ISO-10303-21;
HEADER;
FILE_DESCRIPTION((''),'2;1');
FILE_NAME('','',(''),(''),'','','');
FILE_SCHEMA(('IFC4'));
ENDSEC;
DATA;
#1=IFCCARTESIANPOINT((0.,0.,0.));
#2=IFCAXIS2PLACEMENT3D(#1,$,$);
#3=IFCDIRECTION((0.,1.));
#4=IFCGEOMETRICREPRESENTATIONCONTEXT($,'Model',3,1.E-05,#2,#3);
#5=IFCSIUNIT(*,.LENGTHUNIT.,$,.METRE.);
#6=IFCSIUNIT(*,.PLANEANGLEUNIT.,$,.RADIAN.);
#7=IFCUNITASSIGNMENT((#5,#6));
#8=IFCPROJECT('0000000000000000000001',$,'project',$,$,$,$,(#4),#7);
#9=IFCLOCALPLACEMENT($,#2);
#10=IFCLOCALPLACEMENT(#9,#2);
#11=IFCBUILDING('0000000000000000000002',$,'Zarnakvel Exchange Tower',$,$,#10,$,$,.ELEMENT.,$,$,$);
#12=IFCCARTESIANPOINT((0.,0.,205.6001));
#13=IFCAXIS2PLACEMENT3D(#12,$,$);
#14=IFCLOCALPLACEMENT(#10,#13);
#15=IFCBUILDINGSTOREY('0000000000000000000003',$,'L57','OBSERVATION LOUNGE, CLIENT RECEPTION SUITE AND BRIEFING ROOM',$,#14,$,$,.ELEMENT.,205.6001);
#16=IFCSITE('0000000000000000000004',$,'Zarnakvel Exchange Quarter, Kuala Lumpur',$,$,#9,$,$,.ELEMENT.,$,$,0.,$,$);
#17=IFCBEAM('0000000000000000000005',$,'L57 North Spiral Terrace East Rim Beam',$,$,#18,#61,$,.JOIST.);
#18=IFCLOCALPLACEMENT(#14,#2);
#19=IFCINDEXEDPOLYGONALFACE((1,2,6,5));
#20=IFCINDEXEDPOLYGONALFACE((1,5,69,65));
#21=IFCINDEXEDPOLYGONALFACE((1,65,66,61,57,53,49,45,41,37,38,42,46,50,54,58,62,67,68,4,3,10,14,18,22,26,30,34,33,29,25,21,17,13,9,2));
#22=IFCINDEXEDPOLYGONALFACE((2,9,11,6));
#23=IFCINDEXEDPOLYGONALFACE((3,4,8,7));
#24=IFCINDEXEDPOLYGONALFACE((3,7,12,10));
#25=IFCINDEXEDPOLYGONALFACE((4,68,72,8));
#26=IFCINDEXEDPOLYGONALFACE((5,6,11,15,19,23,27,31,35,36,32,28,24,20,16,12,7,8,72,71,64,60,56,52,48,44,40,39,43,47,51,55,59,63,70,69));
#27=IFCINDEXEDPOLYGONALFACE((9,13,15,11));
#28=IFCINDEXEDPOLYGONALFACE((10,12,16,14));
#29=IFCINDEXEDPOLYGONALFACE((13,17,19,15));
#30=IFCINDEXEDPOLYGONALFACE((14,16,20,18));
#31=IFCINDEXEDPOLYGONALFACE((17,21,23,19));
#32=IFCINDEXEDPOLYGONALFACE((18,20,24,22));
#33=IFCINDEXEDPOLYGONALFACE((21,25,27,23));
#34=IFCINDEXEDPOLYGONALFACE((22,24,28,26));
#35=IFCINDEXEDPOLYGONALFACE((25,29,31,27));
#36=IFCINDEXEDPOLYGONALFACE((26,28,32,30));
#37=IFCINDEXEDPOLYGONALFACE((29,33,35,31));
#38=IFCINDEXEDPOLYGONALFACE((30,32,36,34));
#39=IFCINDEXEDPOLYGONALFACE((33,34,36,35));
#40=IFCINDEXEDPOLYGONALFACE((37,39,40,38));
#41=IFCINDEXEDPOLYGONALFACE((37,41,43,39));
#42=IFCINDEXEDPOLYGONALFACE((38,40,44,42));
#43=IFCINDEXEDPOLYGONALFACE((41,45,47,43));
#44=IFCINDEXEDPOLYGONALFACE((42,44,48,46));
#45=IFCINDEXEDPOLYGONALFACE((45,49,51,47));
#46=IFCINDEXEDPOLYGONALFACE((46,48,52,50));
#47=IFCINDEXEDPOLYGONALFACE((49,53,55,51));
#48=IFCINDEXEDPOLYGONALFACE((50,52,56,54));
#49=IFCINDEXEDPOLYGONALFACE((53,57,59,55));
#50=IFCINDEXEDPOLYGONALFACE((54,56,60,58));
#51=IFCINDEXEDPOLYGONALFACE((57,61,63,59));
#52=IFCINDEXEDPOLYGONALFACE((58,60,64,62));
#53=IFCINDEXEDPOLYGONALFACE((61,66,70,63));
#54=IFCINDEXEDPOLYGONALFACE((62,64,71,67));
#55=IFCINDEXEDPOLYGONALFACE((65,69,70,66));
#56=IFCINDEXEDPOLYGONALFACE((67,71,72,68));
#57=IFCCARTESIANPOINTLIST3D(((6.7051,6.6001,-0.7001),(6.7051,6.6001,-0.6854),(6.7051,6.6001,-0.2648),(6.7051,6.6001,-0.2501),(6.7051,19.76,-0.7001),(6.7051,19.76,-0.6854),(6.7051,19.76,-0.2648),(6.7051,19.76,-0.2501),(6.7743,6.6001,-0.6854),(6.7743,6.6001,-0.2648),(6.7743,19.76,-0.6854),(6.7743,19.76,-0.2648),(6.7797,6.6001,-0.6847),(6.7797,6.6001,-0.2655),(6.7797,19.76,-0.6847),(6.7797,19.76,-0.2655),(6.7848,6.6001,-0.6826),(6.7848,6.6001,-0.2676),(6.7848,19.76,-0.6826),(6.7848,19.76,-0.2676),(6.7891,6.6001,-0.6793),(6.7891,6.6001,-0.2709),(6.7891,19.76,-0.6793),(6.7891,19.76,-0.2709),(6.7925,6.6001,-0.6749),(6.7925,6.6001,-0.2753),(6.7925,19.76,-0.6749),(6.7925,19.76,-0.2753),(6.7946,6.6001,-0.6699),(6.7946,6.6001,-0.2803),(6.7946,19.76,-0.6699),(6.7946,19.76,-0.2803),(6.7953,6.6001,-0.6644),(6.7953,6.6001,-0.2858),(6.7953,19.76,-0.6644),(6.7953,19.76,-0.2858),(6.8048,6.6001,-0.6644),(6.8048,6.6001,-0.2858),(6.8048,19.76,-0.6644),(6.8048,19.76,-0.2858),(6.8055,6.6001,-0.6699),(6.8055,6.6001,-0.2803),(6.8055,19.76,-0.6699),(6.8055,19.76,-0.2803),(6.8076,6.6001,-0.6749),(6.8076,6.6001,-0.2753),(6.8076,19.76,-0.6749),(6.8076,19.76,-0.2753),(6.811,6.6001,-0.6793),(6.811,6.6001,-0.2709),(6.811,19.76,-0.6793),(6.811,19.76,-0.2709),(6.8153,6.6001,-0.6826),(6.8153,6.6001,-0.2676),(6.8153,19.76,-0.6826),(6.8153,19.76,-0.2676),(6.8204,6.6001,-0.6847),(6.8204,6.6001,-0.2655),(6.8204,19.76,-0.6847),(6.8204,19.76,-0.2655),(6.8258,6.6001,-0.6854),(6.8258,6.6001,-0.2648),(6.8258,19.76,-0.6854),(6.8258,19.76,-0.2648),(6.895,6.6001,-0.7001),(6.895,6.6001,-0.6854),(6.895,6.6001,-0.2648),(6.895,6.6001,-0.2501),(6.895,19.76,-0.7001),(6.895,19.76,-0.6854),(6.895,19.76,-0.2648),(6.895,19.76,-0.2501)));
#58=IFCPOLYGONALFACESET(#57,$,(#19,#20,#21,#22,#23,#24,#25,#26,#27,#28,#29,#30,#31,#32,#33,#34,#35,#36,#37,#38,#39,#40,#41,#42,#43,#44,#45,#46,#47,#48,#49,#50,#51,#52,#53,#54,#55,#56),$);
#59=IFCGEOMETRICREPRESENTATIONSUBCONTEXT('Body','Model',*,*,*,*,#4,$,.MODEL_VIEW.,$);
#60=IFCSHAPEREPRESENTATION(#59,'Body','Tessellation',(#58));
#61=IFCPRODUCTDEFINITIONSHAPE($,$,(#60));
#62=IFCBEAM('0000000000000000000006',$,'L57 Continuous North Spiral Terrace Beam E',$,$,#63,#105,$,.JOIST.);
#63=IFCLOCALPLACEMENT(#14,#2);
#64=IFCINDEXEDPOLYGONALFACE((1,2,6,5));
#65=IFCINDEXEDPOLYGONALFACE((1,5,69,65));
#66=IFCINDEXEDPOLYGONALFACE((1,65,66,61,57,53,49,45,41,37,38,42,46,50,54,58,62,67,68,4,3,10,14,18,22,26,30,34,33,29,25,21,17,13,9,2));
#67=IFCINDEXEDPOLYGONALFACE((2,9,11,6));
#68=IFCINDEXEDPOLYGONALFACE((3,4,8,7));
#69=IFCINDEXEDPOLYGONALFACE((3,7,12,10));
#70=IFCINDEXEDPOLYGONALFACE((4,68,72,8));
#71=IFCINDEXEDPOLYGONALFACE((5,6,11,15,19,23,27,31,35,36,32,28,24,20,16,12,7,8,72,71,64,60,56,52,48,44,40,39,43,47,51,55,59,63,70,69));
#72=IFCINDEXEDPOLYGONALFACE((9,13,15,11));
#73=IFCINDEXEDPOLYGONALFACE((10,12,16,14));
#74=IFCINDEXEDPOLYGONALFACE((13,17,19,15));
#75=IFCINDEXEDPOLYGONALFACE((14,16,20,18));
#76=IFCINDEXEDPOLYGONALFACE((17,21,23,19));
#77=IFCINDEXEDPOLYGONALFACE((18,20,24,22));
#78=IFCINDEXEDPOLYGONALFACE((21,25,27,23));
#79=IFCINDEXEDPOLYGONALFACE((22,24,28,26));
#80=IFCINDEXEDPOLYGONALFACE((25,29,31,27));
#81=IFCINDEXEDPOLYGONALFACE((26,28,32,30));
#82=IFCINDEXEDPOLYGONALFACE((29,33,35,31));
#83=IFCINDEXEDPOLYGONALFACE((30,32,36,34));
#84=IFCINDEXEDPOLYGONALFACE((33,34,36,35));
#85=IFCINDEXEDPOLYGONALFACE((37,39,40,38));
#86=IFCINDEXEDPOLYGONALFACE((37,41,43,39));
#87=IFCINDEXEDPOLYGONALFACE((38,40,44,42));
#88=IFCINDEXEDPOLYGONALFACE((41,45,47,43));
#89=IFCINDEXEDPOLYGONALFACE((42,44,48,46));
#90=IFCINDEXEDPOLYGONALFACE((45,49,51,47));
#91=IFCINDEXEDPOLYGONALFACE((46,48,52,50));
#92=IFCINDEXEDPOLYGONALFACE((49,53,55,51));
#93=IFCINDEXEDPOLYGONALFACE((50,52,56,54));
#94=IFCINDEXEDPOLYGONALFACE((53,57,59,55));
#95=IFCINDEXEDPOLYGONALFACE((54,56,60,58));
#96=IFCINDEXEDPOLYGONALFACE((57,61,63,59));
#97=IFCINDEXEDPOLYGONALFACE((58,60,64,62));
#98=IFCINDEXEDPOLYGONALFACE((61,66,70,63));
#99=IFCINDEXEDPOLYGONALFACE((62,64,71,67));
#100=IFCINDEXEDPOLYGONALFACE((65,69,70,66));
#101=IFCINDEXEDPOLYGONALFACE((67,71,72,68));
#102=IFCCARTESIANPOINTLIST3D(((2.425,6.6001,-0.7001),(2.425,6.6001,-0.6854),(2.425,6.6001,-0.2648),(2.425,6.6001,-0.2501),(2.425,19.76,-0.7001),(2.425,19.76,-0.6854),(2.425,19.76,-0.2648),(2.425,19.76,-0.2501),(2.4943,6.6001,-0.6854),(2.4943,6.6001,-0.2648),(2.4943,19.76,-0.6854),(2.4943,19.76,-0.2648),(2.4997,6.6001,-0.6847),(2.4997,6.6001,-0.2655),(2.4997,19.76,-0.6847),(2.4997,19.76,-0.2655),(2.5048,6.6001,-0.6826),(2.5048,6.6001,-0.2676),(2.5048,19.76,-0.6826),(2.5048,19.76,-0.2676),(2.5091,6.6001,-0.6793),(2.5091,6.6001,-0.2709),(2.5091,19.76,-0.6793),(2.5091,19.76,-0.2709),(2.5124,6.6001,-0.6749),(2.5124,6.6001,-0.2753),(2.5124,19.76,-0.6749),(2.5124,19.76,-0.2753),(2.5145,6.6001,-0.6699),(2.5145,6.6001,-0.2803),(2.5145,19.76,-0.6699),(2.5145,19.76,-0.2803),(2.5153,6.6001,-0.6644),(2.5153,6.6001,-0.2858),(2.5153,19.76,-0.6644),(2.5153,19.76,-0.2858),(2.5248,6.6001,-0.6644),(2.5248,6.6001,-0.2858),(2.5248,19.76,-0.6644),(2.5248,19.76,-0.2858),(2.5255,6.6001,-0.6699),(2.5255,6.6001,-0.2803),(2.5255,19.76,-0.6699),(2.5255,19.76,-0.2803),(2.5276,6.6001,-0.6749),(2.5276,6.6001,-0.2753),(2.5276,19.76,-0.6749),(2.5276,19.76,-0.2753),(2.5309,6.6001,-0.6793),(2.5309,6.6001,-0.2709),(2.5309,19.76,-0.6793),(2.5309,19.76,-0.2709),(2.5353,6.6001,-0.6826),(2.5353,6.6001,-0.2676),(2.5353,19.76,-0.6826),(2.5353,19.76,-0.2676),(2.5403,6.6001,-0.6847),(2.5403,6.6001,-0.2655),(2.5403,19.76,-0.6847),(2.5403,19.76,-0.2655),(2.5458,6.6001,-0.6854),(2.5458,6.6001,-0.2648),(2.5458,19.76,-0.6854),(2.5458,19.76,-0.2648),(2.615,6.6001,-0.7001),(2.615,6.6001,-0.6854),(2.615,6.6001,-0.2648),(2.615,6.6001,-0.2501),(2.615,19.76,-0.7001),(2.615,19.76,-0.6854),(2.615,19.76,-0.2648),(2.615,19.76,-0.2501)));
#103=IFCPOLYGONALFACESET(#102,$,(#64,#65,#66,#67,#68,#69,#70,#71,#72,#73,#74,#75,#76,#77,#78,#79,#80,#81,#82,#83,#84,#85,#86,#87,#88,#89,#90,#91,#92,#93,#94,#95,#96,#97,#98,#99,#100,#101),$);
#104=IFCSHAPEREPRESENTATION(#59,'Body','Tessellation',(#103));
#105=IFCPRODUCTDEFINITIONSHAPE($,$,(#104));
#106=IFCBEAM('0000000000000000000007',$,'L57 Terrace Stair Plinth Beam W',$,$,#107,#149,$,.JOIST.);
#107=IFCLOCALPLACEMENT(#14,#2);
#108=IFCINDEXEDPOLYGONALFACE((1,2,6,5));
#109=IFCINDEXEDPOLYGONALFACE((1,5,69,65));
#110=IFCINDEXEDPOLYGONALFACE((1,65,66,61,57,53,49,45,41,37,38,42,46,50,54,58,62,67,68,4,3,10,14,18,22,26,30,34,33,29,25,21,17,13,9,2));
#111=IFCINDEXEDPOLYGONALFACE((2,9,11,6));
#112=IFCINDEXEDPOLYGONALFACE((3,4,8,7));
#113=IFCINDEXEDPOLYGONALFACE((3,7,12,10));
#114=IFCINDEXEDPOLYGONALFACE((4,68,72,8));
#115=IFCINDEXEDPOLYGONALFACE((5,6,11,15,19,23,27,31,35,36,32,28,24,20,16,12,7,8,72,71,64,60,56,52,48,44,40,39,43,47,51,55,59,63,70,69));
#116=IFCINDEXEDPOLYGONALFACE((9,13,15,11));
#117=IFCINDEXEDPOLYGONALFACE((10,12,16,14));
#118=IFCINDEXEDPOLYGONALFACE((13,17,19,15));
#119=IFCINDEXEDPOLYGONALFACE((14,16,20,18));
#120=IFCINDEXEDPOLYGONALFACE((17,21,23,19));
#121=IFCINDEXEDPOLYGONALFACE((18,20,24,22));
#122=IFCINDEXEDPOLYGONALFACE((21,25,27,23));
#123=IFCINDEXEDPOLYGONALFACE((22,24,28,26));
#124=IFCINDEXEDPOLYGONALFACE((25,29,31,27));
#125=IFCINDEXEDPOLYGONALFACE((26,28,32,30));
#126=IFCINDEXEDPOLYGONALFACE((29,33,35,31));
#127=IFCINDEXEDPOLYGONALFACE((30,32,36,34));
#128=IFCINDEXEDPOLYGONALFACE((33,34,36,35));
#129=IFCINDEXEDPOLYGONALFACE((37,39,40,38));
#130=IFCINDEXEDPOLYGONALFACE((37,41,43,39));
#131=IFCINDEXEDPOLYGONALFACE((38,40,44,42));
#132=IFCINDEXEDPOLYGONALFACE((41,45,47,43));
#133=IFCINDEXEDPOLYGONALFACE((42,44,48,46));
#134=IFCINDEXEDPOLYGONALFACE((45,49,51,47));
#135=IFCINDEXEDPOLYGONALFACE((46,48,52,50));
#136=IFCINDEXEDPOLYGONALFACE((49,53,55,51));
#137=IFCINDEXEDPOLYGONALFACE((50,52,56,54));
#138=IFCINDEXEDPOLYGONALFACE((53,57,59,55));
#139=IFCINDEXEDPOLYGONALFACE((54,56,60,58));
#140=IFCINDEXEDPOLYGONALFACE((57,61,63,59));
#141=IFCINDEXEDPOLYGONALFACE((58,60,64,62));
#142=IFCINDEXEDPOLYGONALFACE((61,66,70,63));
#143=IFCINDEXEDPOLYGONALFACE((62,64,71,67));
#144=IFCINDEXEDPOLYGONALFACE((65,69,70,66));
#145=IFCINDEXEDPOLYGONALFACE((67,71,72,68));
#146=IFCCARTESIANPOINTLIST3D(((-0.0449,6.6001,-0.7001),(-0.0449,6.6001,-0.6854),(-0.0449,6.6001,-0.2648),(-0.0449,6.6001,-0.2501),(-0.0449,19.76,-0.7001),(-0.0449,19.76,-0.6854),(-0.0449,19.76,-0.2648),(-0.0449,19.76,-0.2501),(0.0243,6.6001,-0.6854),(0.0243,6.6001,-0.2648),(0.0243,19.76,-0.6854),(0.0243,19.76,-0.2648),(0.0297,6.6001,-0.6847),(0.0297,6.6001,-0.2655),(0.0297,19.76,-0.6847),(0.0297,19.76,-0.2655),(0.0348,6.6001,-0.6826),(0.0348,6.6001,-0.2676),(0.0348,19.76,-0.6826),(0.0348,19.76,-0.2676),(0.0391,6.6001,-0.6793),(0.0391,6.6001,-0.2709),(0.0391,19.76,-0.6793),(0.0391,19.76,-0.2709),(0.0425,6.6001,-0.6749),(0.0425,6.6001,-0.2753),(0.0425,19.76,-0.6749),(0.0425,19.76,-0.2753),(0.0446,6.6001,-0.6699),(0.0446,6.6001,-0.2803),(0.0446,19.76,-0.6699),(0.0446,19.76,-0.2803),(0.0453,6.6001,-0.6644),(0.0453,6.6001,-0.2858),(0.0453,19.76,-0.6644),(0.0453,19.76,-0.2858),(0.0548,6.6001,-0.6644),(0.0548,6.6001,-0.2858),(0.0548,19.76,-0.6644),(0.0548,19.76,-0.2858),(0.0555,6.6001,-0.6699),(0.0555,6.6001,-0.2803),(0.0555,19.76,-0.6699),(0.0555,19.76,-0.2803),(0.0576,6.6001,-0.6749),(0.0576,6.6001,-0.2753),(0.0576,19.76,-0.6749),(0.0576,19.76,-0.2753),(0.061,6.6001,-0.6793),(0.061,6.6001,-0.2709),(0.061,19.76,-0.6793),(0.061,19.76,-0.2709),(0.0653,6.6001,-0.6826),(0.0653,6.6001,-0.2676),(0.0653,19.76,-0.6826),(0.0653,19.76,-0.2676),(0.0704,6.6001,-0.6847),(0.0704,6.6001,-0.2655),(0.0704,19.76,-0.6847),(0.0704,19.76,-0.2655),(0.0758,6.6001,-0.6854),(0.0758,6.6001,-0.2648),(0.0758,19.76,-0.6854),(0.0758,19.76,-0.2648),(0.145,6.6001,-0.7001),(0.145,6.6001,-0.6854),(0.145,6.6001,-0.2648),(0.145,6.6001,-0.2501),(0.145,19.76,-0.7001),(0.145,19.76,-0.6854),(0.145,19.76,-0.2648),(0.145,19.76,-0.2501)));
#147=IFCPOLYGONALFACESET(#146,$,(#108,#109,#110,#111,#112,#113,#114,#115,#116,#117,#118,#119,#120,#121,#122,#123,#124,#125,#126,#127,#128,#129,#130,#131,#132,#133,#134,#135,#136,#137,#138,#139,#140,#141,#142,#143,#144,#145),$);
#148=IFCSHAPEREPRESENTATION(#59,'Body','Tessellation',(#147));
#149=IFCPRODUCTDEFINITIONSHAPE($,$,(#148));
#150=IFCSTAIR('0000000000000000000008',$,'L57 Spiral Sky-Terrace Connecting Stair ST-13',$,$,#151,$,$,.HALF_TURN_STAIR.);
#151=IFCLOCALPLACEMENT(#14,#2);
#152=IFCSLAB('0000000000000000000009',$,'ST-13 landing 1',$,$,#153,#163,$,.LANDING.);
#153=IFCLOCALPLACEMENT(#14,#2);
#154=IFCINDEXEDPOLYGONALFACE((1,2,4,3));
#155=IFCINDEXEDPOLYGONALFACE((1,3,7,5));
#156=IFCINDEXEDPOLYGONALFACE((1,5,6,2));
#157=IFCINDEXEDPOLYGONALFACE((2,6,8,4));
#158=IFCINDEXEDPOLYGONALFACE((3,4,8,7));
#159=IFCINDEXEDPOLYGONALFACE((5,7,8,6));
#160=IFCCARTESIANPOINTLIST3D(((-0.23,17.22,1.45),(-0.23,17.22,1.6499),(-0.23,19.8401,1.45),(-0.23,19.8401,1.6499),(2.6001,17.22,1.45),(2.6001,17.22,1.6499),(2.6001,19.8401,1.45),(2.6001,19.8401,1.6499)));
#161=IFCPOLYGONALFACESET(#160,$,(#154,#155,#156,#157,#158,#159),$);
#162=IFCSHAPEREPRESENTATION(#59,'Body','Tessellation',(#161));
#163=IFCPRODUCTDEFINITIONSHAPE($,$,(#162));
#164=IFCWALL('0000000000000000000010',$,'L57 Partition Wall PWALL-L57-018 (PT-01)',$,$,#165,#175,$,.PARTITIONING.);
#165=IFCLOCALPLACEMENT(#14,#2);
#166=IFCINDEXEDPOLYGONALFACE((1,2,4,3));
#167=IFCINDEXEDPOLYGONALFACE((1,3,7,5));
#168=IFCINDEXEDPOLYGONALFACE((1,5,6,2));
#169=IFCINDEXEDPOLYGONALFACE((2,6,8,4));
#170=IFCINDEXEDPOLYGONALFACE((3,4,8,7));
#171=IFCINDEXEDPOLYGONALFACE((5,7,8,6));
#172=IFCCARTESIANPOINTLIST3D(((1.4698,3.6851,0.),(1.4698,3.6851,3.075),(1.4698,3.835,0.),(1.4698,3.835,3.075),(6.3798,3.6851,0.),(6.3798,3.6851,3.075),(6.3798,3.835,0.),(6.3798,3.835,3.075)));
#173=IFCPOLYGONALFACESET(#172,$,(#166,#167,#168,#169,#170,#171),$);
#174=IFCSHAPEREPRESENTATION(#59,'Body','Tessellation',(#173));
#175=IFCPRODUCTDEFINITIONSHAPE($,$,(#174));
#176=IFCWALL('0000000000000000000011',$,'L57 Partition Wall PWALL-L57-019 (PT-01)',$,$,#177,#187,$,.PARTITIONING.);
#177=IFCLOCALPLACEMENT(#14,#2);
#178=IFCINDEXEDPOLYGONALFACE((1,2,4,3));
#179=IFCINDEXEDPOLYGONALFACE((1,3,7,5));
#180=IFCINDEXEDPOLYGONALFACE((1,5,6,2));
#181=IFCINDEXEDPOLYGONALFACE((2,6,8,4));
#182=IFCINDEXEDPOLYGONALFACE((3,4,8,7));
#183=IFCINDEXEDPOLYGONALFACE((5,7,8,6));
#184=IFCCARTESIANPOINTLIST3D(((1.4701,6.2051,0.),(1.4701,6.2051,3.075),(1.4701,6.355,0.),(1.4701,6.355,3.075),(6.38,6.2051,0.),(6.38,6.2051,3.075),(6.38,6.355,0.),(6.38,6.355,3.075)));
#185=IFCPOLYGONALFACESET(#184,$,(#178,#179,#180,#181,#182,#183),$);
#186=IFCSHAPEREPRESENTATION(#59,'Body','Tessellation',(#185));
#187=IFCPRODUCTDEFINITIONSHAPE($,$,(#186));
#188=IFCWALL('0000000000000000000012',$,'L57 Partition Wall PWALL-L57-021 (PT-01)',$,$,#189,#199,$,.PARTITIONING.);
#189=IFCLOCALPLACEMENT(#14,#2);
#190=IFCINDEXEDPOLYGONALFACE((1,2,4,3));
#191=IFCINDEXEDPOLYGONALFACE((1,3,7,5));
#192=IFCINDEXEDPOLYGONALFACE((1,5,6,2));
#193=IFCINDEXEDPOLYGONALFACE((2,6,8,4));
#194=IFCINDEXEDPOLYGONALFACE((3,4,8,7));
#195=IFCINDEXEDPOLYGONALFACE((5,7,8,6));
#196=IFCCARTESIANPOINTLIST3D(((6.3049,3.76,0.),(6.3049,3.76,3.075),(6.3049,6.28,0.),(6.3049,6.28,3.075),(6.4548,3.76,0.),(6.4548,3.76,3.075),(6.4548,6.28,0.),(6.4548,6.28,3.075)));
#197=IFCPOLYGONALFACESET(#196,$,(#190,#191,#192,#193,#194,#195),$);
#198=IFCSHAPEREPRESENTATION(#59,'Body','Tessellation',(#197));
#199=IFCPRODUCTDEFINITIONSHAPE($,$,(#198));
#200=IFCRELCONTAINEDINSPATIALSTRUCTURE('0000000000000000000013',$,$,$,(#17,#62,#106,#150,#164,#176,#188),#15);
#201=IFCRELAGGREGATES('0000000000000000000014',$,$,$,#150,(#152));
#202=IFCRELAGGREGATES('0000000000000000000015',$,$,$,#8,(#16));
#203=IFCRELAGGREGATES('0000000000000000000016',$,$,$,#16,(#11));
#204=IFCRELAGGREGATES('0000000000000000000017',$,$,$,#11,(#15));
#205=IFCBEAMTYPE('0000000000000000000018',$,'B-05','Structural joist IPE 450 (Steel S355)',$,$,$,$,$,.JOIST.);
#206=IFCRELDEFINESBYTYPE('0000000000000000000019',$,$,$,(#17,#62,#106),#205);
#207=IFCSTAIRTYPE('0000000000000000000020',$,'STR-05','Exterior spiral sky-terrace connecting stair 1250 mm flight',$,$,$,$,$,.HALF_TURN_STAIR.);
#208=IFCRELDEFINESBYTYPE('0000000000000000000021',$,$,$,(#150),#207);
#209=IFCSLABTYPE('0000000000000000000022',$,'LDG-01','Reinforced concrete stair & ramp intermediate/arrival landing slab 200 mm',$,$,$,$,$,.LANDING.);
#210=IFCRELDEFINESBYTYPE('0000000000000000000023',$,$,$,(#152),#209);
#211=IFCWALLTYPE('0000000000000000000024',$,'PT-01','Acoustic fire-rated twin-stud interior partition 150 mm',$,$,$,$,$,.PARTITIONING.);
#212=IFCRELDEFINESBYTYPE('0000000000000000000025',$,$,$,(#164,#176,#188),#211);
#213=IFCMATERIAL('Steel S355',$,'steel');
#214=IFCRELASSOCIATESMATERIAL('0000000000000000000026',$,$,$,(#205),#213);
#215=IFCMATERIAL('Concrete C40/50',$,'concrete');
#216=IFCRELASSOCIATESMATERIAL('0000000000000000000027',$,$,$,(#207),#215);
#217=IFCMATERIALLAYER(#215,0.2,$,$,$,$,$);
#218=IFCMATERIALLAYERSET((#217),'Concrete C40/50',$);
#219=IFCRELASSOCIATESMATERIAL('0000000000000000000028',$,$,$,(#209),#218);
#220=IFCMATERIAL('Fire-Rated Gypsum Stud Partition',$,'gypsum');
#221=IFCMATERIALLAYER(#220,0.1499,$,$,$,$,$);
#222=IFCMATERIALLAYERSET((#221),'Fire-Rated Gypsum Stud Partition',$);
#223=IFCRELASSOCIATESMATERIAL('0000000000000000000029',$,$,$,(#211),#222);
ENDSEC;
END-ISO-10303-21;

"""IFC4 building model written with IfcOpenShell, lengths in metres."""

from ifc_helpers import new_model, si_unit, direction, frame, frame_2d, origin, origin_2d, place, context, subcontext, project, spatial, polyline, rectangle, i_section, outline, extrude, material, layer, layer_set, material_profile, profile_set, type_object, element, aggregate, save


model = new_model("IFC4")

# Units and contexts
model_context = context("Model", 3, precision=1e-05, world=origin(), true_north=direction((0.0, 1.0)))
body_context = subcontext(model_context, "Body", "Model", "MODEL_VIEW")
ifc_project = project(units=[si_unit("LENGTHUNIT", "METRE"), si_unit("PLANEANGLEUNIT", "RADIAN")], contexts=[model_context])

# Site, building, storey
site_placement = place(None, origin())
site = spatial("IfcSite", under=ifc_project, at=site_placement, Name="Zarnakvel Exchange Quarter, Kuala Lumpur", CompositionType="ELEMENT", RefElevation=0.0)
building_placement = place(site_placement, origin())
building = spatial("IfcBuilding", under=site, at=building_placement, Name="Zarnakvel Exchange Tower", CompositionType="ELEMENT")
storey_placement = place(building_placement, frame((0.0, 0.0, 205.6001)))
storey = spatial("IfcBuildingStorey", under=building, at=storey_placement, Name="L57", Description="OBSERVATION LOUNGE, CLIENT RECEPTION SUITE AND BRIEFING ROOM", CompositionType="ELEMENT", Elevation=205.6001)

# Beams
ifc_material_1 = material(Name="Steel S355", Category="steel")
ifc_material_profile = material_profile(ifc_material_1, i_section(OverallWidth=0.1899, OverallDepth=0.45, WebThickness=0.0095, FlangeThickness=0.0146, FilletRadius=0.021, at=origin_2d()))
ifc_profile_set = profile_set([ifc_material_profile], Name="Steel S355")
beam_type = type_object("IfcBeamType", Name="B-05", Description="Structural joist IPE 450 (Steel S355)", PredefinedType="JOIST", material=ifc_profile_set)
for number, where, z_axis, x_axis, name in (
    (1, (6.8, 6.6001, -0.4751), (0.0, 1.0, 0.0), (-1.0, 0.0, 0.0), "L57 North Spiral Terrace East Rim Beam"),
    (2, (2.52, 6.6001, -0.4751), (0.0, 1.0, 0.0), (-1.0, 0.0, 0.0), "L57 Continuous North Spiral Terrace Beam E"),
    (3, (0.05, 6.6001, -0.4751), (0.0, 1.0, 0.0), (-1.0, 0.0, 0.0), "L57 Terrace Stair Plinth Beam W"),
):
    element("IfcBeam", number, at=place(storey_placement, frame(where, z_axis=z_axis, x_axis=x_axis)), inside=storey, type_object=beam_type, Name=name, PredefinedType="JOIST", context=body_context, shape_type="SweptSolid", body=[
        extrude(i_section(OverallWidth=0.1899, OverallDepth=0.45, WebThickness=0.0095, FlangeThickness=0.0146, FilletRadius=0.021, at=origin_2d()), origin(), (0.0, 0.0, 1.0), 13.1599),
    ])

# Stair, slab
ifc_material_2 = material(Name="Concrete C40/50", Category="concrete")
stair_type = type_object("IfcStairType", Name="STR-05", Description="Exterior spiral sky-terrace connecting stair 1250 mm flight", PredefinedType="HALF_TURN_STAIR", material=ifc_material_2)
stair_placement = place(storey_placement, origin())
stair = element("IfcStair", 4, at=stair_placement, inside=storey, type_object=stair_type, Name="L57 Spiral Sky-Terrace Connecting Stair ST-13", PredefinedType="HALF_TURN_STAIR")
ifc_layer_1 = layer(ifc_material_2, 0.2)
ifc_layer_set_1 = layer_set([ifc_layer_1], Name="Concrete C40/50")
slab_type = type_object("IfcSlabType", Name="LDG-01", Description="Reinforced concrete stair & ramp intermediate/arrival landing slab 200 mm", PredefinedType="LANDING", material=ifc_layer_set_1)
slab_placement = place(storey_placement, frame((0.0, 0.0, 1.45)))
slab = element("IfcSlab", 5, at=slab_placement, type_object=slab_type, Name="ST-13 landing 1", PredefinedType="LANDING", context=body_context, shape_type="SweptSolid", body=[
    extrude(outline(polyline([(-0.23, 17.22), (2.6001, 17.22), (2.6001, 19.8401), (-0.23, 19.8401), (-0.23, 17.22)])), origin(), (0.0, 0.0, 1.0), 0.2),
])
aggregate(stair, [slab])

# Walls
ifc_material_3 = material(Name="Fire-Rated Gypsum Stud Partition", Category="gypsum")
ifc_layer_2 = layer(ifc_material_3, 0.1499)
ifc_layer_set_2 = layer_set([ifc_layer_2], Name="Fire-Rated Gypsum Stud Partition")
wall_type_1 = type_object("IfcWallType", Name="PT-01", Description="Acoustic fire-rated twin-stud interior partition 150 mm", PredefinedType="PARTITIONING", material=ifc_layer_set_2)
for number, where, z_axis, x_axis, name in (
    (6, (6.3799, 3.76, 0.0), (0.0, 0.0, 1.0), (-1.0, 0.0, 0.0), "L57 Partition Wall PWALL-L57-018 (PT-01)"),
    (7, (1.47, 6.28, 0.0), (0.0, 0.0, 1.0), (1.0, 0.0, 0.0), "L57 Partition Wall PWALL-L57-019 (PT-01)"),
):
    element("IfcWall", number, at=place(storey_placement, frame(where, z_axis=z_axis, x_axis=x_axis)), inside=storey, type_object=wall_type_1, Name=name, PredefinedType="PARTITIONING", context=body_context, shape_type="SweptSolid", body=[
        extrude(rectangle(XDim=4.9099, YDim=0.1499, at=frame_2d((2.4551, 0.0))), origin(), (0.0, 0.0, 1.0), 3.075),
    ])

# Wall
wall_1_placement = place(storey_placement, frame((6.3799, 6.28, 0.0), z_axis=(0.0, 0.0, 1.0), x_axis=(0.0, -1.0, 0.0)))
element("IfcWall", 8, at=wall_1_placement, inside=storey, type_object=wall_type_1, Name="L57 Partition Wall PWALL-L57-021 (PT-01)", PredefinedType="PARTITIONING", context=body_context, shape_type="SweptSolid", body=[
    extrude(rectangle(XDim=2.52, YDim=0.1499, at=frame_2d((1.26, 0.0))), origin(), (0.0, 0.0, 1.0), 3.075),
])

save(model, "model.ifc")
